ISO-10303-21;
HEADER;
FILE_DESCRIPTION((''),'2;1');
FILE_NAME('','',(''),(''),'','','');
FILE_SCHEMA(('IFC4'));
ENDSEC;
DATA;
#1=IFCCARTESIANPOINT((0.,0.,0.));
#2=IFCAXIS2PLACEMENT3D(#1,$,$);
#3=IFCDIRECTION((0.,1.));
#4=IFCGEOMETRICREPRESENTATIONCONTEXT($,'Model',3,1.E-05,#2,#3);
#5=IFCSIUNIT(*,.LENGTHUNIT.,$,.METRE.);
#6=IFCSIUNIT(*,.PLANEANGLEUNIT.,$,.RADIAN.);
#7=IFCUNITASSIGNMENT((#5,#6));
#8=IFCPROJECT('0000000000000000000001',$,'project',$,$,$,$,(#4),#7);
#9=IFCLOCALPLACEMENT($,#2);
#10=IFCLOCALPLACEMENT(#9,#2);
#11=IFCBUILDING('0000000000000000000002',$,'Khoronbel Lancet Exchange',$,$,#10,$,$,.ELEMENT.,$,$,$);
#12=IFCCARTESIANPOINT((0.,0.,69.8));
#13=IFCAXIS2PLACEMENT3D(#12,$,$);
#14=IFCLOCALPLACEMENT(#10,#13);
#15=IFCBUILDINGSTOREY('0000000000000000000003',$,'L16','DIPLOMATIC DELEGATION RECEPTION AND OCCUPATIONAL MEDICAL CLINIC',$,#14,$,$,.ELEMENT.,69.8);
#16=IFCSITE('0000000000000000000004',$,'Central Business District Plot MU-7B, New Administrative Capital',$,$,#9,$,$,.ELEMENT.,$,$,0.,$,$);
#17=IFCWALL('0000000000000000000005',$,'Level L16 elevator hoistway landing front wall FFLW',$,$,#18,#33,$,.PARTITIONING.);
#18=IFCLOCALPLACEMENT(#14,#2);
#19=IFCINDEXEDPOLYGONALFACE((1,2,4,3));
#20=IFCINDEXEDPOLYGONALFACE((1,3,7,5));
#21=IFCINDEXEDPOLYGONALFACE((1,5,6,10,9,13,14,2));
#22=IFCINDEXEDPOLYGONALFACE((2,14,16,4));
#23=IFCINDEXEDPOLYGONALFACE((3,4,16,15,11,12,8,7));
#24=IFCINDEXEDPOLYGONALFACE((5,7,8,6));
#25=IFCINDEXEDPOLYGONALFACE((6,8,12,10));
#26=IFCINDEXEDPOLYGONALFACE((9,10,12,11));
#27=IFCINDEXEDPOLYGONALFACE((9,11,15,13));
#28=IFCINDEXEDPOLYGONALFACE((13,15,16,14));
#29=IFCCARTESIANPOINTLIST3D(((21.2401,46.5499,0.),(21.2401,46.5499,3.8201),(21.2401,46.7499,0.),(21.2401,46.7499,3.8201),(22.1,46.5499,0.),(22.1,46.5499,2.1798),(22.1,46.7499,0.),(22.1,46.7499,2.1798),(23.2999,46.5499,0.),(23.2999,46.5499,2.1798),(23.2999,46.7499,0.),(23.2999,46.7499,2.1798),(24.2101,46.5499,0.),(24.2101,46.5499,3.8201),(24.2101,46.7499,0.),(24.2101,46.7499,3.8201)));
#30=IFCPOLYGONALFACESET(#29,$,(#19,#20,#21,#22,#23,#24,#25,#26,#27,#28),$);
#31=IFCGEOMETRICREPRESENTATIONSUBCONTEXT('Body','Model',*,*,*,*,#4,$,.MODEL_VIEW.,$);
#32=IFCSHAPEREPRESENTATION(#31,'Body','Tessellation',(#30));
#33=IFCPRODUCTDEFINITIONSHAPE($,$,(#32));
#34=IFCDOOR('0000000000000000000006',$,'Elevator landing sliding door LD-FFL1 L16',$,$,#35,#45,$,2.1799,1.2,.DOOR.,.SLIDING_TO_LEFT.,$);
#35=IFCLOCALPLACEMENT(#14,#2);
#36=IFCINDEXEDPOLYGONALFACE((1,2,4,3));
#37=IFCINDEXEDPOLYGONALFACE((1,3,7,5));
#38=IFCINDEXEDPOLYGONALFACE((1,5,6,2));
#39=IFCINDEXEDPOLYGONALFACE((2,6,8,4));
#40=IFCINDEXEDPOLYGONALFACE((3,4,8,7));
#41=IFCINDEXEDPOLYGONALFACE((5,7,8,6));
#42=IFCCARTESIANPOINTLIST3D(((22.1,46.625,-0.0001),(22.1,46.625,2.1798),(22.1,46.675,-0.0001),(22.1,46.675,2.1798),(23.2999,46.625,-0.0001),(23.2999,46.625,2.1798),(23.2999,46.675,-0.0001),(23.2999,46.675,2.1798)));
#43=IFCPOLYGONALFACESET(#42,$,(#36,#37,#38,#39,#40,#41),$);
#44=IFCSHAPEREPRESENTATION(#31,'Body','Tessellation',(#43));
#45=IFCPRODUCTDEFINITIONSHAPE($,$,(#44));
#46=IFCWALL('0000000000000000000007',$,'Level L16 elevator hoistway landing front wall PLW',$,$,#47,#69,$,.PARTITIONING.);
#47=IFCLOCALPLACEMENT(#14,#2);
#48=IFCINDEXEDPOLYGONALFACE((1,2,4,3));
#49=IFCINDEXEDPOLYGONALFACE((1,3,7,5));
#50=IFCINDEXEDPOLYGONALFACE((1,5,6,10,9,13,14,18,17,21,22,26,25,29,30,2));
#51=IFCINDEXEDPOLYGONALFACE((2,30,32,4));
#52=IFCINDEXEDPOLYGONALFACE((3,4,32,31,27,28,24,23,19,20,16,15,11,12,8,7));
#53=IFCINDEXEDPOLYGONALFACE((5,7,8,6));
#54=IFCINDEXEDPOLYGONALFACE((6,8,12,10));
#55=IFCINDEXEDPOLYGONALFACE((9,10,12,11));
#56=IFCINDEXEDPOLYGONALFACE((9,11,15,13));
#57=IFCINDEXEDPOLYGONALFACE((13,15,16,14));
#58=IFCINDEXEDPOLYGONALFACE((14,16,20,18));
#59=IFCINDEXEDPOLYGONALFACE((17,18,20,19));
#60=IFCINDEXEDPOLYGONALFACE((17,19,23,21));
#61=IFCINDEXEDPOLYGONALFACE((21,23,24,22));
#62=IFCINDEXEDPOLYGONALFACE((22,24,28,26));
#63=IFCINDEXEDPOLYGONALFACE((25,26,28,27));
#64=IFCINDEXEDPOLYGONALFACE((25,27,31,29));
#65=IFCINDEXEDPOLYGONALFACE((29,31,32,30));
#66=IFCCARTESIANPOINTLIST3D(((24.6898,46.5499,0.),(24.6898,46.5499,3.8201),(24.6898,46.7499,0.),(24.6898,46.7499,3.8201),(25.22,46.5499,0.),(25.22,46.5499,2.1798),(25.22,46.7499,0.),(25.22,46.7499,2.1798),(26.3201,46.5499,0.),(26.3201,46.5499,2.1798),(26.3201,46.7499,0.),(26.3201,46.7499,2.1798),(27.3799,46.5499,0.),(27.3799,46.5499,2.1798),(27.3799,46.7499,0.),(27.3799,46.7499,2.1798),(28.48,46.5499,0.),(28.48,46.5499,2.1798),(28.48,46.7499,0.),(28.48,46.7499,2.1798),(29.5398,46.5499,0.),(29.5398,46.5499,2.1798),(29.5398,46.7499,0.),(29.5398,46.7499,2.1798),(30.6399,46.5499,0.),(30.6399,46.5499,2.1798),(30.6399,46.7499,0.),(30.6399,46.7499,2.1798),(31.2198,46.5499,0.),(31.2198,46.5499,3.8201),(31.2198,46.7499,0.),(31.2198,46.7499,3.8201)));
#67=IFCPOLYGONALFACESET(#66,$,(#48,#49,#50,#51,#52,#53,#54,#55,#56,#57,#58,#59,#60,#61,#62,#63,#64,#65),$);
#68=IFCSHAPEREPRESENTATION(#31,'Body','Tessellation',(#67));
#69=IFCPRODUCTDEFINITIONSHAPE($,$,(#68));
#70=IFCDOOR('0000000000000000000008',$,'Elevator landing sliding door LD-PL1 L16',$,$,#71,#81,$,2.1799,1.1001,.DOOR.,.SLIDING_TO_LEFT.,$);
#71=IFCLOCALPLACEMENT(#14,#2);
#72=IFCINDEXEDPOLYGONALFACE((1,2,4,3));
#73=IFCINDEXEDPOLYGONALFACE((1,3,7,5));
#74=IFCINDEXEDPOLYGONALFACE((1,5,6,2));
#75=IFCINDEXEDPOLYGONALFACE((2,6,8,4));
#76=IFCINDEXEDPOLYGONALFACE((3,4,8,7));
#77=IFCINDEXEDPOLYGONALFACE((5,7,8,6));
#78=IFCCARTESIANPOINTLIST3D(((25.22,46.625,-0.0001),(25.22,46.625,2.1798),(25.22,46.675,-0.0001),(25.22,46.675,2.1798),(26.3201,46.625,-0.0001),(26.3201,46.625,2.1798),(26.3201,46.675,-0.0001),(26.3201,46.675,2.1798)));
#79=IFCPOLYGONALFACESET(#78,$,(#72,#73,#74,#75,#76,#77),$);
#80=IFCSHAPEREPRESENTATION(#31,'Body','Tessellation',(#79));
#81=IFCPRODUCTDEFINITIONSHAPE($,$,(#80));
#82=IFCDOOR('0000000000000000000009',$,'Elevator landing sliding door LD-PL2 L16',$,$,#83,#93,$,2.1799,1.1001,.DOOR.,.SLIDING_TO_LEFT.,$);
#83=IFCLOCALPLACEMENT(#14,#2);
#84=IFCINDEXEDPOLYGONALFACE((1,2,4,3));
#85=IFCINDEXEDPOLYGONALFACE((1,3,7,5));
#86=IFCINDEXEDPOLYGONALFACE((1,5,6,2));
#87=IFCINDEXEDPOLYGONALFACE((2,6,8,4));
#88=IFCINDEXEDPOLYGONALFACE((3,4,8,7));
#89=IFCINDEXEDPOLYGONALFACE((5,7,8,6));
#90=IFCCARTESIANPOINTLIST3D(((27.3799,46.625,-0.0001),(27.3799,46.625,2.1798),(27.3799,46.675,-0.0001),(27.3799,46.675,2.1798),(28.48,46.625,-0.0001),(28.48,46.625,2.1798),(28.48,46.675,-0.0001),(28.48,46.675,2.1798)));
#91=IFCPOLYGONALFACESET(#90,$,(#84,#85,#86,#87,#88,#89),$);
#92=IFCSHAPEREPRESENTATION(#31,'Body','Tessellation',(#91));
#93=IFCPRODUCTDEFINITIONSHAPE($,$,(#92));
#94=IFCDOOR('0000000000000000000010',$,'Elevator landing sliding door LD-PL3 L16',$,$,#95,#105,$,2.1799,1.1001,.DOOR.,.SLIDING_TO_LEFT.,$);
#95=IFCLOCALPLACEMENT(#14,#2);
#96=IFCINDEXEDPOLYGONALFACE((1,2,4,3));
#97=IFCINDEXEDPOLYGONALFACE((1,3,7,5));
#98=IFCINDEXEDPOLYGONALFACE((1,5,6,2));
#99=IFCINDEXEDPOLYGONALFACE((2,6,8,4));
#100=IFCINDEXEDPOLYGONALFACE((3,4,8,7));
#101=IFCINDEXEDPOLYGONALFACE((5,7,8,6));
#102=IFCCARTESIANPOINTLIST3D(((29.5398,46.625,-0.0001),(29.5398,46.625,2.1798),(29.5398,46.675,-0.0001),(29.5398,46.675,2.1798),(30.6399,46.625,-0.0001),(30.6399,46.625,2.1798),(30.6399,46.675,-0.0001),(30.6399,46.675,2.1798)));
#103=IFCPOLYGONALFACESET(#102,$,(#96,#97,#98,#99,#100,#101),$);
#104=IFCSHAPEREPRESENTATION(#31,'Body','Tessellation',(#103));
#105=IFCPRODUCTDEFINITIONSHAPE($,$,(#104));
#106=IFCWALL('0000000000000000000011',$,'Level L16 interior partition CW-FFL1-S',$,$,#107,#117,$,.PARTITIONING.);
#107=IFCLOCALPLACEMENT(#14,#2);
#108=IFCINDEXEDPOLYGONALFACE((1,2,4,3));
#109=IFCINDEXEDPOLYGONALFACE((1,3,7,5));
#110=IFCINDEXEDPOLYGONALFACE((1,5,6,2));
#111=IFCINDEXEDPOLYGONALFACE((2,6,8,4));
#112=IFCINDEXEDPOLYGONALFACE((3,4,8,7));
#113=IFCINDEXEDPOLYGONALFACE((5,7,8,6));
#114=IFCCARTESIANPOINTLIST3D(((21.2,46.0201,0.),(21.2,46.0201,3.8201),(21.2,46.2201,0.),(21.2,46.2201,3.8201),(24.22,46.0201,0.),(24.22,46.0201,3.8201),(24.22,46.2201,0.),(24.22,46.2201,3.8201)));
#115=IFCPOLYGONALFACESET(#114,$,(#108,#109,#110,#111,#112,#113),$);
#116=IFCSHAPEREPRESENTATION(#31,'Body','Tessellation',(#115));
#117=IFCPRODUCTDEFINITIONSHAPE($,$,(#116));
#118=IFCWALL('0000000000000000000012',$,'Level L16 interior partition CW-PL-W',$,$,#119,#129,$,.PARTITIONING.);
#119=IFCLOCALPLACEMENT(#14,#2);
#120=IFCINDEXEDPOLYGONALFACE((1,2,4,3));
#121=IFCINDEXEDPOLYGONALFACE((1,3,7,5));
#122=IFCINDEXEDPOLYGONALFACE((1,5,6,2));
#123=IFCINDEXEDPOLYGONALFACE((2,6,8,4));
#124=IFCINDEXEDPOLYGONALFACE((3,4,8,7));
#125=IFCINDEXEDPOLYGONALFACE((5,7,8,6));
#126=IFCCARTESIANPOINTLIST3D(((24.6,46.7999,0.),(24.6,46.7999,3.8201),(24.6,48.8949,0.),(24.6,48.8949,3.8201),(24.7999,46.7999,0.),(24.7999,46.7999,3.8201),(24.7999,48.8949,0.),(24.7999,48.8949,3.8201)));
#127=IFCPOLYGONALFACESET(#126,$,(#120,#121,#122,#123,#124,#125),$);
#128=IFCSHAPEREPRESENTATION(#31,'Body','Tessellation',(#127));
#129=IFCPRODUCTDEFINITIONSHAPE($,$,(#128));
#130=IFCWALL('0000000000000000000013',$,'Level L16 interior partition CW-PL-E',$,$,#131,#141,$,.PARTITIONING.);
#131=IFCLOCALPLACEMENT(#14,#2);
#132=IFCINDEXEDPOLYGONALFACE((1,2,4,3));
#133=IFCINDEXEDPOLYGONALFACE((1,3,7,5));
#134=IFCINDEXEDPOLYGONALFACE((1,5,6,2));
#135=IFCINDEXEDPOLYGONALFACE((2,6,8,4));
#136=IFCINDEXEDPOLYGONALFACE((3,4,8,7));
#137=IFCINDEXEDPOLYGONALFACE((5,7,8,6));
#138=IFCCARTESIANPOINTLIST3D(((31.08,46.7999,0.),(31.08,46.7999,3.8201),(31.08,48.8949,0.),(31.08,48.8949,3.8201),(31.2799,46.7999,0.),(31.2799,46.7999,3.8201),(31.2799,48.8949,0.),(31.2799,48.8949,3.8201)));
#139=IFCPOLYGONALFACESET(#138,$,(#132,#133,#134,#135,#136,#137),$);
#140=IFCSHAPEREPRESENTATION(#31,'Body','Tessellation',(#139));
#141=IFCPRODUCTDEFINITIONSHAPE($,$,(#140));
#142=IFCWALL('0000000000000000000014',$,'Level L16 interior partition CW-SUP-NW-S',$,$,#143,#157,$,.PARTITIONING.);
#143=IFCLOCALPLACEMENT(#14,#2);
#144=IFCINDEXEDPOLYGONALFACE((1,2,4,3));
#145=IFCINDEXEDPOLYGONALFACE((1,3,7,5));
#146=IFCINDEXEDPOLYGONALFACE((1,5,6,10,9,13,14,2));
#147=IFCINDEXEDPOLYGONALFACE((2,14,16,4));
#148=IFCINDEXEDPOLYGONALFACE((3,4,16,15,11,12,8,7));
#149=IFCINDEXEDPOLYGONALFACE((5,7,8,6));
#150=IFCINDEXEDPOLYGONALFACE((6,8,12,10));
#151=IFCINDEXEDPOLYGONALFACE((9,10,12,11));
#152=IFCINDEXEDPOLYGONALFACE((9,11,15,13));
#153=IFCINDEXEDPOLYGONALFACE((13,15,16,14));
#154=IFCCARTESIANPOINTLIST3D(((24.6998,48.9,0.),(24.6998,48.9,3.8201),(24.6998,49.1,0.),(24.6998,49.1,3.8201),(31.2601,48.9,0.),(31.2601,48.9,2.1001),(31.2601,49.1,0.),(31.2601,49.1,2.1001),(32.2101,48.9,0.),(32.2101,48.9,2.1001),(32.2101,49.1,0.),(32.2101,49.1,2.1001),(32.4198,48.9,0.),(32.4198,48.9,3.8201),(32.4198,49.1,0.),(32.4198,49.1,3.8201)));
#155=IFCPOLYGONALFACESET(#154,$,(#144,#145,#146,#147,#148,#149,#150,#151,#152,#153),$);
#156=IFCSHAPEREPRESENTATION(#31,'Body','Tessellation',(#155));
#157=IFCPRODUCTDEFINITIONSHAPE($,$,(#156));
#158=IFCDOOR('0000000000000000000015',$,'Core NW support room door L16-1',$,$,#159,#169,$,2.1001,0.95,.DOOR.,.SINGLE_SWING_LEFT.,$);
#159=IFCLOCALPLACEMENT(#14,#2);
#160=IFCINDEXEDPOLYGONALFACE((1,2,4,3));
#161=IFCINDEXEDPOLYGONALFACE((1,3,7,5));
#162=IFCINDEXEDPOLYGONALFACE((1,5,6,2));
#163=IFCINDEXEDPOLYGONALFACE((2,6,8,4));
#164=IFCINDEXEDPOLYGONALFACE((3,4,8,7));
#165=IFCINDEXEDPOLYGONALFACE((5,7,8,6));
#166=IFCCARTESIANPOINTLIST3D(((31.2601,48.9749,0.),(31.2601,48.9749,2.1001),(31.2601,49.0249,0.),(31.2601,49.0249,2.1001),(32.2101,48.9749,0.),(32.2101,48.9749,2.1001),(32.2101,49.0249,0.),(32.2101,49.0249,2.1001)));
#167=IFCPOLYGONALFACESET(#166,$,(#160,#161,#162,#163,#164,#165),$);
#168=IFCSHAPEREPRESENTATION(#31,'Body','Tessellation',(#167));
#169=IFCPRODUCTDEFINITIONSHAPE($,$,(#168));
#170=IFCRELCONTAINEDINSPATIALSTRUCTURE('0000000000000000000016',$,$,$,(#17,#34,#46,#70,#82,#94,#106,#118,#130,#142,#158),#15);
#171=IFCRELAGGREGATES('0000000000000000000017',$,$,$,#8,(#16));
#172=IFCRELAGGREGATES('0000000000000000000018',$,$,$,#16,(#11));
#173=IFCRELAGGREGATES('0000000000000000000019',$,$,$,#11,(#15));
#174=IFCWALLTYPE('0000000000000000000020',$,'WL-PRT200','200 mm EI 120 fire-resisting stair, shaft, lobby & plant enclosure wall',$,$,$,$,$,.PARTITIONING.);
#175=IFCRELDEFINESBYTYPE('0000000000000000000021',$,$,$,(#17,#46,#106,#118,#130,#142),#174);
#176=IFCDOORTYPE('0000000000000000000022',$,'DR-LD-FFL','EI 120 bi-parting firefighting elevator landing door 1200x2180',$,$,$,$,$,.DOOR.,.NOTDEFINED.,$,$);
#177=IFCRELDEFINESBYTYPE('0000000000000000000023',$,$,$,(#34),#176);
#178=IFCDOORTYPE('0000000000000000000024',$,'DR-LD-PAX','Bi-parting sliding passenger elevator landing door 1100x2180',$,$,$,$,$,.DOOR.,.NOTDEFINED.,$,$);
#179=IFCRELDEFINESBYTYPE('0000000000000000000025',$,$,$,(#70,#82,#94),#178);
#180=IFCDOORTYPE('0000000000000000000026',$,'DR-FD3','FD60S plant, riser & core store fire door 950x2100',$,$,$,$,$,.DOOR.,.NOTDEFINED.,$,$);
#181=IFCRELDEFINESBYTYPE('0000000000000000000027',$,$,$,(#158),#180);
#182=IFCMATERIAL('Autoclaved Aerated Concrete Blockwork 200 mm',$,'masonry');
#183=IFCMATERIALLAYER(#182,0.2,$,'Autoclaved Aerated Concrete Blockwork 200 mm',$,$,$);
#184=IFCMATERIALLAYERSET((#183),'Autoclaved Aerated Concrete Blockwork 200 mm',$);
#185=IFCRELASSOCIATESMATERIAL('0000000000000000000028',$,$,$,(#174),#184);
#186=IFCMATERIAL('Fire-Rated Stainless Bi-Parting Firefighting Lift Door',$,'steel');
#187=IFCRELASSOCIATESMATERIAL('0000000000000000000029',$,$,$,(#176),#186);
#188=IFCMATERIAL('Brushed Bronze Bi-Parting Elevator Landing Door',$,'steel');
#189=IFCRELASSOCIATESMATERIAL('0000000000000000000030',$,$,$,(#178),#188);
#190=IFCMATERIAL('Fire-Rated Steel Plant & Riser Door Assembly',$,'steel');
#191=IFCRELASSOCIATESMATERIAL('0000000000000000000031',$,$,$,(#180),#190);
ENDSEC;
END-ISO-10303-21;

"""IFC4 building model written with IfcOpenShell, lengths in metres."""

from ifc_helpers import new_model, si_unit, direction, frame, frame_2d, origin, place, context, subcontext, project, spatial, rectangle, extrude, material, layer, layer_set, type_object, element, fill, save


model = new_model("IFC4")

# Units and contexts
model_context = context("Model", 3, precision=1e-05, world=origin(), true_north=direction((0.0, 1.0)))
body_context = subcontext(model_context, "Body", "Model", "MODEL_VIEW")
ifc_project = project(units=[si_unit("LENGTHUNIT", "METRE"), si_unit("PLANEANGLEUNIT", "RADIAN")], contexts=[model_context])

# Site, building, storey
site_placement = place(None, origin())
site = spatial("IfcSite", under=ifc_project, at=site_placement, Name="Central Business District Plot MU-7B, New Administrative Capital", CompositionType="ELEMENT", RefElevation=0.0)
building_placement = place(site_placement, origin())
building = spatial("IfcBuilding", under=site, at=building_placement, Name="Khoronbel Lancet Exchange", CompositionType="ELEMENT")
storey_placement = place(building_placement, frame((0.0, 0.0, 69.8)))
storey = spatial("IfcBuildingStorey", under=building, at=storey_placement, Name="L16", Description="DIPLOMATIC DELEGATION RECEPTION AND OCCUPATIONAL MEDICAL CLINIC", CompositionType="ELEMENT", Elevation=69.8)

# Wall, opening, door
ifc_material_1 = material(Name="Autoclaved Aerated Concrete Blockwork 200 mm", Category="masonry")
ifc_layer_1 = layer(ifc_material_1, 0.2, Name="Autoclaved Aerated Concrete Blockwork 200 mm")
ifc_layer_set_1 = layer_set([ifc_layer_1], Name="Autoclaved Aerated Concrete Blockwork 200 mm")
wall_type_1 = type_object("IfcWallType", Name="WL-PRT200", Description="200 mm EI 120 fire-resisting stair, shaft, lobby & plant enclosure wall", PredefinedType="PARTITIONING", material=ifc_layer_set_1)
wall_1_placement = place(storey_placement, frame((24.21, 46.6499, 0.0), z_axis=(0.0, 0.0, 1.0), x_axis=(-1.0, 0.0, 0.0)))
wall_1 = element("IfcWall", 1, at=wall_1_placement, inside=storey, type_object=wall_type_1, Name="Level L16 elevator hoistway landing front wall FFLW", PredefinedType="PARTITIONING", context=body_context, shape_type="SweptSolid", body=[
    extrude(rectangle(XDim=2.97, YDim=0.2, at=frame_2d((1.4849, 0.0))), origin(), (0.0, 0.0, 1.0), 3.8201),
])
opening_1_placement = place(wall_1_placement, frame((0.9099, 0.0, 0.0)))
opening_1 = element("IfcOpeningElement", 2, at=opening_1_placement, cuts=wall_1, PredefinedType="OPENING", context=body_context, shape_type="SweptSolid", body=[
    extrude(rectangle(XDim=1.2, YDim=2.1799, at=frame_2d((0.6001, 1.0898))), frame((0.0, 0.1099, 0.0), z_axis=(0.0, -1.0, 0.0), x_axis=(1.0, 0.0, 0.0)), (0.0, 0.0, 1.0), 0.22),
])
ifc_material_2 = material(Name="Fire-Rated Stainless Bi-Parting Firefighting Lift Door", Category="steel")
door_type_1 = type_object("IfcDoorType", Name="DR-LD-FFL", Description="EI 120 bi-parting firefighting elevator landing door 1200x2180", OperationType="NOTDEFINED", PredefinedType="DOOR", material=ifc_material_2)
door_1_placement = place(opening_1_placement, origin())
door_1 = element("IfcDoor", 3, at=door_1_placement, inside=storey, type_object=door_type_1, Name="Elevator landing sliding door LD-FFL1 L16", OperationType="SLIDING_TO_LEFT", OverallHeight=2.1799, OverallWidth=1.2, PredefinedType="DOOR", context=body_context, shape_type="SweptSolid", body=[
    extrude(rectangle(XDim=1.2, YDim=2.1799, at=frame_2d((0.6001, 1.0898))), frame((0.0, 0.0249, 0.0), z_axis=(0.0, -1.0, 0.0), x_axis=(1.0, 0.0, 0.0)), (0.0, 0.0, 1.0), 0.05),
])
fill(opening_1, door_1)

# Wall, openings, doors
wall_2_placement = place(storey_placement, frame((31.22, 46.6499, 0.0), z_axis=(0.0, 0.0, 1.0), x_axis=(-1.0, 0.0, 0.0)))
wall_2 = element("IfcWall", 4, at=wall_2_placement, inside=storey, type_object=wall_type_1, Name="Level L16 elevator hoistway landing front wall PLW", PredefinedType="PARTITIONING", context=body_context, shape_type="SweptSolid", body=[
    extrude(rectangle(XDim=6.53, YDim=0.2, at=frame_2d((3.2651, 0.0))), origin(), (0.0, 0.0, 1.0), 3.8201),
])
opening_2_placement = place(wall_2_placement, frame((4.8999, 0.0, 0.0)))
opening_2 = element("IfcOpeningElement", 5, at=opening_2_placement, cuts=wall_2, PredefinedType="OPENING", context=body_context, shape_type="SweptSolid", body=[
    extrude(rectangle(XDim=1.1001, YDim=2.1799, at=frame_2d((0.55, 1.0898))), frame((0.0, 0.1099, 0.0), z_axis=(0.0, -1.0, 0.0), x_axis=(1.0, 0.0, 0.0)), (0.0, 0.0, 1.0), 0.22),
])
opening_3_placement = place(wall_2_placement, frame((2.74, 0.0, 0.0)))
opening_3 = element("IfcOpeningElement", 6, at=opening_3_placement, cuts=wall_2, PredefinedType="OPENING", context=body_context, shape_type="SweptSolid", body=[
    extrude(rectangle(XDim=1.1001, YDim=2.1799, at=frame_2d((0.55, 1.0898))), frame((0.0, 0.1099, 0.0), z_axis=(0.0, -1.0, 0.0), x_axis=(1.0, 0.0, 0.0)), (0.0, 0.0, 1.0), 0.22),
])
opening_4_placement = place(wall_2_placement, frame((0.5801, 0.0, 0.0)))
opening_4 = element("IfcOpeningElement", 7, at=opening_4_placement, cuts=wall_2, PredefinedType="OPENING", context=body_context, shape_type="SweptSolid", body=[
    extrude(rectangle(XDim=1.1001, YDim=2.1799, at=frame_2d((0.55, 1.0898))), frame((0.0, 0.1099, 0.0), z_axis=(0.0, -1.0, 0.0), x_axis=(1.0, 0.0, 0.0)), (0.0, 0.0, 1.0), 0.22),
])
ifc_material_3 = material(Name="Brushed Bronze Bi-Parting Elevator Landing Door", Category="steel")
door_type_2 = type_object("IfcDoorType", Name="DR-LD-PAX", Description="Bi-parting sliding passenger elevator landing door 1100x2180", OperationType="NOTDEFINED", PredefinedType="DOOR", material=ifc_material_3)
door_2_placement = place(opening_2_placement, origin())
door_2 = element("IfcDoor", 8, at=door_2_placement, inside=storey, type_object=door_type_2, Name="Elevator landing sliding door LD-PL1 L16", OperationType="SLIDING_TO_LEFT", OverallHeight=2.1799, OverallWidth=1.1001, PredefinedType="DOOR", context=body_context, shape_type="SweptSolid", body=[
    extrude(rectangle(XDim=1.1001, YDim=2.1799, at=frame_2d((0.55, 1.0898))), frame((0.0, 0.0249, 0.0), z_axis=(0.0, -1.0, 0.0), x_axis=(1.0, 0.0, 0.0)), (0.0, 0.0, 1.0), 0.05),
])
fill(opening_2, door_2)
door_3_placement = place(opening_3_placement, origin())
door_3 = element("IfcDoor", 9, at=door_3_placement, inside=storey, type_object=door_type_2, Name="Elevator landing sliding door LD-PL2 L16", OperationType="SLIDING_TO_LEFT", OverallHeight=2.1799, OverallWidth=1.1001, PredefinedType="DOOR", context=body_context, shape_type="SweptSolid", body=[
    extrude(rectangle(XDim=1.1001, YDim=2.1799, at=frame_2d((0.55, 1.0898))), frame((0.0, 0.0249, 0.0), z_axis=(0.0, -1.0, 0.0), x_axis=(1.0, 0.0, 0.0)), (0.0, 0.0, 1.0), 0.05),
])
fill(opening_3, door_3)
door_4_placement = place(opening_4_placement, origin())
door_4 = element("IfcDoor", 10, at=door_4_placement, inside=storey, type_object=door_type_2, Name="Elevator landing sliding door LD-PL3 L16", OperationType="SLIDING_TO_LEFT", OverallHeight=2.1799, OverallWidth=1.1001, PredefinedType="DOOR", context=body_context, shape_type="SweptSolid", body=[
    extrude(rectangle(XDim=1.1001, YDim=2.1799, at=frame_2d((0.55, 1.0898))), frame((0.0, 0.0249, 0.0), z_axis=(0.0, -1.0, 0.0), x_axis=(1.0, 0.0, 0.0)), (0.0, 0.0, 1.0), 0.05),
])
fill(opening_4, door_4)

# Walls
wall_3_placement = place(storey_placement, frame((21.2, 46.1201, 0.0), z_axis=(0.0, 0.0, 1.0), x_axis=(1.0, 0.0, 0.0)))
element("IfcWall", 11, at=wall_3_placement, inside=storey, type_object=wall_type_1, Name="Level L16 interior partition CW-FFL1-S", PredefinedType="PARTITIONING", context=body_context, shape_type="SweptSolid", body=[
    extrude(rectangle(XDim=3.02, YDim=0.2, at=frame_2d((1.51, 0.0))), origin(), (0.0, 0.0, 1.0), 3.8201),
])
for number, where, z_axis, x_axis, name in (
    (12, (24.7, 46.8, 0.0), (0.0, 0.0, 1.0), (0.0, 1.0, 0.0), "Level L16 interior partition CW-PL-W"),
    (13, (31.1799, 46.8, 0.0), (0.0, 0.0, 1.0), (0.0, 1.0, 0.0), "Level L16 interior partition CW-PL-E"),
):
    element("IfcWall", number, at=place(storey_placement, frame(where, z_axis=z_axis, x_axis=x_axis)), inside=storey, type_object=wall_type_1, Name=name, PredefinedType="PARTITIONING", context=body_context, shape_type="SweptSolid", body=[
        extrude(rectangle(XDim=2.095, YDim=0.2, at=frame_2d((1.0474, 0.0))), origin(), (0.0, 0.0, 1.0), 3.8201),
    ])

# Wall, opening, door
wall_4_placement = place(storey_placement, frame((24.7, 49.0, 0.0), z_axis=(0.0, 0.0, 1.0), x_axis=(1.0, 0.0, 0.0)))
wall_4 = element("IfcWall", 14, at=wall_4_placement, inside=storey, type_object=wall_type_1, Name="Level L16 interior partition CW-SUP-NW-S", PredefinedType="PARTITIONING", context=body_context, shape_type="SweptSolid", body=[
    extrude(rectangle(XDim=7.72, YDim=0.2, at=frame_2d((3.8599, 0.0))), origin(), (0.0, 0.0, 1.0), 3.8201),
])
opening_5_placement = place(wall_4_placement, frame((6.5601, 0.0, 0.0)))
opening_5 = element("IfcOpeningElement", 15, at=opening_5_placement, cuts=wall_4, PredefinedType="OPENING", context=body_context, shape_type="SweptSolid", body=[
    extrude(rectangle(XDim=0.95, YDim=2.1001, at=frame_2d((0.4751, 1.05))), frame((0.0, 0.1099, 0.0), z_axis=(0.0, -1.0, 0.0), x_axis=(1.0, 0.0, 0.0)), (0.0, 0.0, 1.0), 0.22),
])
ifc_material_4 = material(Name="Fire-Rated Steel Plant & Riser Door Assembly", Category="steel")
door_type_3 = type_object("IfcDoorType", Name="DR-FD3", Description="FD60S plant, riser & core store fire door 950x2100", OperationType="NOTDEFINED", PredefinedType="DOOR", material=ifc_material_4)
door_5_placement = place(opening_5_placement, origin())
door_5 = element("IfcDoor", 16, at=door_5_placement, inside=storey, type_object=door_type_3, Name="Core NW support room door L16-1", OperationType="SINGLE_SWING_LEFT", OverallHeight=2.1001, OverallWidth=0.95, PredefinedType="DOOR", context=body_context, shape_type="SweptSolid", body=[
    extrude(rectangle(XDim=0.95, YDim=2.1001, at=frame_2d((0.4751, 1.05))), frame((0.0, 0.0249, 0.0), z_axis=(0.0, -1.0, 0.0), x_axis=(1.0, 0.0, 0.0)), (0.0, 0.0, 1.0), 0.05),
])
fill(opening_5, door_5)

save(model, "model.ifc")
